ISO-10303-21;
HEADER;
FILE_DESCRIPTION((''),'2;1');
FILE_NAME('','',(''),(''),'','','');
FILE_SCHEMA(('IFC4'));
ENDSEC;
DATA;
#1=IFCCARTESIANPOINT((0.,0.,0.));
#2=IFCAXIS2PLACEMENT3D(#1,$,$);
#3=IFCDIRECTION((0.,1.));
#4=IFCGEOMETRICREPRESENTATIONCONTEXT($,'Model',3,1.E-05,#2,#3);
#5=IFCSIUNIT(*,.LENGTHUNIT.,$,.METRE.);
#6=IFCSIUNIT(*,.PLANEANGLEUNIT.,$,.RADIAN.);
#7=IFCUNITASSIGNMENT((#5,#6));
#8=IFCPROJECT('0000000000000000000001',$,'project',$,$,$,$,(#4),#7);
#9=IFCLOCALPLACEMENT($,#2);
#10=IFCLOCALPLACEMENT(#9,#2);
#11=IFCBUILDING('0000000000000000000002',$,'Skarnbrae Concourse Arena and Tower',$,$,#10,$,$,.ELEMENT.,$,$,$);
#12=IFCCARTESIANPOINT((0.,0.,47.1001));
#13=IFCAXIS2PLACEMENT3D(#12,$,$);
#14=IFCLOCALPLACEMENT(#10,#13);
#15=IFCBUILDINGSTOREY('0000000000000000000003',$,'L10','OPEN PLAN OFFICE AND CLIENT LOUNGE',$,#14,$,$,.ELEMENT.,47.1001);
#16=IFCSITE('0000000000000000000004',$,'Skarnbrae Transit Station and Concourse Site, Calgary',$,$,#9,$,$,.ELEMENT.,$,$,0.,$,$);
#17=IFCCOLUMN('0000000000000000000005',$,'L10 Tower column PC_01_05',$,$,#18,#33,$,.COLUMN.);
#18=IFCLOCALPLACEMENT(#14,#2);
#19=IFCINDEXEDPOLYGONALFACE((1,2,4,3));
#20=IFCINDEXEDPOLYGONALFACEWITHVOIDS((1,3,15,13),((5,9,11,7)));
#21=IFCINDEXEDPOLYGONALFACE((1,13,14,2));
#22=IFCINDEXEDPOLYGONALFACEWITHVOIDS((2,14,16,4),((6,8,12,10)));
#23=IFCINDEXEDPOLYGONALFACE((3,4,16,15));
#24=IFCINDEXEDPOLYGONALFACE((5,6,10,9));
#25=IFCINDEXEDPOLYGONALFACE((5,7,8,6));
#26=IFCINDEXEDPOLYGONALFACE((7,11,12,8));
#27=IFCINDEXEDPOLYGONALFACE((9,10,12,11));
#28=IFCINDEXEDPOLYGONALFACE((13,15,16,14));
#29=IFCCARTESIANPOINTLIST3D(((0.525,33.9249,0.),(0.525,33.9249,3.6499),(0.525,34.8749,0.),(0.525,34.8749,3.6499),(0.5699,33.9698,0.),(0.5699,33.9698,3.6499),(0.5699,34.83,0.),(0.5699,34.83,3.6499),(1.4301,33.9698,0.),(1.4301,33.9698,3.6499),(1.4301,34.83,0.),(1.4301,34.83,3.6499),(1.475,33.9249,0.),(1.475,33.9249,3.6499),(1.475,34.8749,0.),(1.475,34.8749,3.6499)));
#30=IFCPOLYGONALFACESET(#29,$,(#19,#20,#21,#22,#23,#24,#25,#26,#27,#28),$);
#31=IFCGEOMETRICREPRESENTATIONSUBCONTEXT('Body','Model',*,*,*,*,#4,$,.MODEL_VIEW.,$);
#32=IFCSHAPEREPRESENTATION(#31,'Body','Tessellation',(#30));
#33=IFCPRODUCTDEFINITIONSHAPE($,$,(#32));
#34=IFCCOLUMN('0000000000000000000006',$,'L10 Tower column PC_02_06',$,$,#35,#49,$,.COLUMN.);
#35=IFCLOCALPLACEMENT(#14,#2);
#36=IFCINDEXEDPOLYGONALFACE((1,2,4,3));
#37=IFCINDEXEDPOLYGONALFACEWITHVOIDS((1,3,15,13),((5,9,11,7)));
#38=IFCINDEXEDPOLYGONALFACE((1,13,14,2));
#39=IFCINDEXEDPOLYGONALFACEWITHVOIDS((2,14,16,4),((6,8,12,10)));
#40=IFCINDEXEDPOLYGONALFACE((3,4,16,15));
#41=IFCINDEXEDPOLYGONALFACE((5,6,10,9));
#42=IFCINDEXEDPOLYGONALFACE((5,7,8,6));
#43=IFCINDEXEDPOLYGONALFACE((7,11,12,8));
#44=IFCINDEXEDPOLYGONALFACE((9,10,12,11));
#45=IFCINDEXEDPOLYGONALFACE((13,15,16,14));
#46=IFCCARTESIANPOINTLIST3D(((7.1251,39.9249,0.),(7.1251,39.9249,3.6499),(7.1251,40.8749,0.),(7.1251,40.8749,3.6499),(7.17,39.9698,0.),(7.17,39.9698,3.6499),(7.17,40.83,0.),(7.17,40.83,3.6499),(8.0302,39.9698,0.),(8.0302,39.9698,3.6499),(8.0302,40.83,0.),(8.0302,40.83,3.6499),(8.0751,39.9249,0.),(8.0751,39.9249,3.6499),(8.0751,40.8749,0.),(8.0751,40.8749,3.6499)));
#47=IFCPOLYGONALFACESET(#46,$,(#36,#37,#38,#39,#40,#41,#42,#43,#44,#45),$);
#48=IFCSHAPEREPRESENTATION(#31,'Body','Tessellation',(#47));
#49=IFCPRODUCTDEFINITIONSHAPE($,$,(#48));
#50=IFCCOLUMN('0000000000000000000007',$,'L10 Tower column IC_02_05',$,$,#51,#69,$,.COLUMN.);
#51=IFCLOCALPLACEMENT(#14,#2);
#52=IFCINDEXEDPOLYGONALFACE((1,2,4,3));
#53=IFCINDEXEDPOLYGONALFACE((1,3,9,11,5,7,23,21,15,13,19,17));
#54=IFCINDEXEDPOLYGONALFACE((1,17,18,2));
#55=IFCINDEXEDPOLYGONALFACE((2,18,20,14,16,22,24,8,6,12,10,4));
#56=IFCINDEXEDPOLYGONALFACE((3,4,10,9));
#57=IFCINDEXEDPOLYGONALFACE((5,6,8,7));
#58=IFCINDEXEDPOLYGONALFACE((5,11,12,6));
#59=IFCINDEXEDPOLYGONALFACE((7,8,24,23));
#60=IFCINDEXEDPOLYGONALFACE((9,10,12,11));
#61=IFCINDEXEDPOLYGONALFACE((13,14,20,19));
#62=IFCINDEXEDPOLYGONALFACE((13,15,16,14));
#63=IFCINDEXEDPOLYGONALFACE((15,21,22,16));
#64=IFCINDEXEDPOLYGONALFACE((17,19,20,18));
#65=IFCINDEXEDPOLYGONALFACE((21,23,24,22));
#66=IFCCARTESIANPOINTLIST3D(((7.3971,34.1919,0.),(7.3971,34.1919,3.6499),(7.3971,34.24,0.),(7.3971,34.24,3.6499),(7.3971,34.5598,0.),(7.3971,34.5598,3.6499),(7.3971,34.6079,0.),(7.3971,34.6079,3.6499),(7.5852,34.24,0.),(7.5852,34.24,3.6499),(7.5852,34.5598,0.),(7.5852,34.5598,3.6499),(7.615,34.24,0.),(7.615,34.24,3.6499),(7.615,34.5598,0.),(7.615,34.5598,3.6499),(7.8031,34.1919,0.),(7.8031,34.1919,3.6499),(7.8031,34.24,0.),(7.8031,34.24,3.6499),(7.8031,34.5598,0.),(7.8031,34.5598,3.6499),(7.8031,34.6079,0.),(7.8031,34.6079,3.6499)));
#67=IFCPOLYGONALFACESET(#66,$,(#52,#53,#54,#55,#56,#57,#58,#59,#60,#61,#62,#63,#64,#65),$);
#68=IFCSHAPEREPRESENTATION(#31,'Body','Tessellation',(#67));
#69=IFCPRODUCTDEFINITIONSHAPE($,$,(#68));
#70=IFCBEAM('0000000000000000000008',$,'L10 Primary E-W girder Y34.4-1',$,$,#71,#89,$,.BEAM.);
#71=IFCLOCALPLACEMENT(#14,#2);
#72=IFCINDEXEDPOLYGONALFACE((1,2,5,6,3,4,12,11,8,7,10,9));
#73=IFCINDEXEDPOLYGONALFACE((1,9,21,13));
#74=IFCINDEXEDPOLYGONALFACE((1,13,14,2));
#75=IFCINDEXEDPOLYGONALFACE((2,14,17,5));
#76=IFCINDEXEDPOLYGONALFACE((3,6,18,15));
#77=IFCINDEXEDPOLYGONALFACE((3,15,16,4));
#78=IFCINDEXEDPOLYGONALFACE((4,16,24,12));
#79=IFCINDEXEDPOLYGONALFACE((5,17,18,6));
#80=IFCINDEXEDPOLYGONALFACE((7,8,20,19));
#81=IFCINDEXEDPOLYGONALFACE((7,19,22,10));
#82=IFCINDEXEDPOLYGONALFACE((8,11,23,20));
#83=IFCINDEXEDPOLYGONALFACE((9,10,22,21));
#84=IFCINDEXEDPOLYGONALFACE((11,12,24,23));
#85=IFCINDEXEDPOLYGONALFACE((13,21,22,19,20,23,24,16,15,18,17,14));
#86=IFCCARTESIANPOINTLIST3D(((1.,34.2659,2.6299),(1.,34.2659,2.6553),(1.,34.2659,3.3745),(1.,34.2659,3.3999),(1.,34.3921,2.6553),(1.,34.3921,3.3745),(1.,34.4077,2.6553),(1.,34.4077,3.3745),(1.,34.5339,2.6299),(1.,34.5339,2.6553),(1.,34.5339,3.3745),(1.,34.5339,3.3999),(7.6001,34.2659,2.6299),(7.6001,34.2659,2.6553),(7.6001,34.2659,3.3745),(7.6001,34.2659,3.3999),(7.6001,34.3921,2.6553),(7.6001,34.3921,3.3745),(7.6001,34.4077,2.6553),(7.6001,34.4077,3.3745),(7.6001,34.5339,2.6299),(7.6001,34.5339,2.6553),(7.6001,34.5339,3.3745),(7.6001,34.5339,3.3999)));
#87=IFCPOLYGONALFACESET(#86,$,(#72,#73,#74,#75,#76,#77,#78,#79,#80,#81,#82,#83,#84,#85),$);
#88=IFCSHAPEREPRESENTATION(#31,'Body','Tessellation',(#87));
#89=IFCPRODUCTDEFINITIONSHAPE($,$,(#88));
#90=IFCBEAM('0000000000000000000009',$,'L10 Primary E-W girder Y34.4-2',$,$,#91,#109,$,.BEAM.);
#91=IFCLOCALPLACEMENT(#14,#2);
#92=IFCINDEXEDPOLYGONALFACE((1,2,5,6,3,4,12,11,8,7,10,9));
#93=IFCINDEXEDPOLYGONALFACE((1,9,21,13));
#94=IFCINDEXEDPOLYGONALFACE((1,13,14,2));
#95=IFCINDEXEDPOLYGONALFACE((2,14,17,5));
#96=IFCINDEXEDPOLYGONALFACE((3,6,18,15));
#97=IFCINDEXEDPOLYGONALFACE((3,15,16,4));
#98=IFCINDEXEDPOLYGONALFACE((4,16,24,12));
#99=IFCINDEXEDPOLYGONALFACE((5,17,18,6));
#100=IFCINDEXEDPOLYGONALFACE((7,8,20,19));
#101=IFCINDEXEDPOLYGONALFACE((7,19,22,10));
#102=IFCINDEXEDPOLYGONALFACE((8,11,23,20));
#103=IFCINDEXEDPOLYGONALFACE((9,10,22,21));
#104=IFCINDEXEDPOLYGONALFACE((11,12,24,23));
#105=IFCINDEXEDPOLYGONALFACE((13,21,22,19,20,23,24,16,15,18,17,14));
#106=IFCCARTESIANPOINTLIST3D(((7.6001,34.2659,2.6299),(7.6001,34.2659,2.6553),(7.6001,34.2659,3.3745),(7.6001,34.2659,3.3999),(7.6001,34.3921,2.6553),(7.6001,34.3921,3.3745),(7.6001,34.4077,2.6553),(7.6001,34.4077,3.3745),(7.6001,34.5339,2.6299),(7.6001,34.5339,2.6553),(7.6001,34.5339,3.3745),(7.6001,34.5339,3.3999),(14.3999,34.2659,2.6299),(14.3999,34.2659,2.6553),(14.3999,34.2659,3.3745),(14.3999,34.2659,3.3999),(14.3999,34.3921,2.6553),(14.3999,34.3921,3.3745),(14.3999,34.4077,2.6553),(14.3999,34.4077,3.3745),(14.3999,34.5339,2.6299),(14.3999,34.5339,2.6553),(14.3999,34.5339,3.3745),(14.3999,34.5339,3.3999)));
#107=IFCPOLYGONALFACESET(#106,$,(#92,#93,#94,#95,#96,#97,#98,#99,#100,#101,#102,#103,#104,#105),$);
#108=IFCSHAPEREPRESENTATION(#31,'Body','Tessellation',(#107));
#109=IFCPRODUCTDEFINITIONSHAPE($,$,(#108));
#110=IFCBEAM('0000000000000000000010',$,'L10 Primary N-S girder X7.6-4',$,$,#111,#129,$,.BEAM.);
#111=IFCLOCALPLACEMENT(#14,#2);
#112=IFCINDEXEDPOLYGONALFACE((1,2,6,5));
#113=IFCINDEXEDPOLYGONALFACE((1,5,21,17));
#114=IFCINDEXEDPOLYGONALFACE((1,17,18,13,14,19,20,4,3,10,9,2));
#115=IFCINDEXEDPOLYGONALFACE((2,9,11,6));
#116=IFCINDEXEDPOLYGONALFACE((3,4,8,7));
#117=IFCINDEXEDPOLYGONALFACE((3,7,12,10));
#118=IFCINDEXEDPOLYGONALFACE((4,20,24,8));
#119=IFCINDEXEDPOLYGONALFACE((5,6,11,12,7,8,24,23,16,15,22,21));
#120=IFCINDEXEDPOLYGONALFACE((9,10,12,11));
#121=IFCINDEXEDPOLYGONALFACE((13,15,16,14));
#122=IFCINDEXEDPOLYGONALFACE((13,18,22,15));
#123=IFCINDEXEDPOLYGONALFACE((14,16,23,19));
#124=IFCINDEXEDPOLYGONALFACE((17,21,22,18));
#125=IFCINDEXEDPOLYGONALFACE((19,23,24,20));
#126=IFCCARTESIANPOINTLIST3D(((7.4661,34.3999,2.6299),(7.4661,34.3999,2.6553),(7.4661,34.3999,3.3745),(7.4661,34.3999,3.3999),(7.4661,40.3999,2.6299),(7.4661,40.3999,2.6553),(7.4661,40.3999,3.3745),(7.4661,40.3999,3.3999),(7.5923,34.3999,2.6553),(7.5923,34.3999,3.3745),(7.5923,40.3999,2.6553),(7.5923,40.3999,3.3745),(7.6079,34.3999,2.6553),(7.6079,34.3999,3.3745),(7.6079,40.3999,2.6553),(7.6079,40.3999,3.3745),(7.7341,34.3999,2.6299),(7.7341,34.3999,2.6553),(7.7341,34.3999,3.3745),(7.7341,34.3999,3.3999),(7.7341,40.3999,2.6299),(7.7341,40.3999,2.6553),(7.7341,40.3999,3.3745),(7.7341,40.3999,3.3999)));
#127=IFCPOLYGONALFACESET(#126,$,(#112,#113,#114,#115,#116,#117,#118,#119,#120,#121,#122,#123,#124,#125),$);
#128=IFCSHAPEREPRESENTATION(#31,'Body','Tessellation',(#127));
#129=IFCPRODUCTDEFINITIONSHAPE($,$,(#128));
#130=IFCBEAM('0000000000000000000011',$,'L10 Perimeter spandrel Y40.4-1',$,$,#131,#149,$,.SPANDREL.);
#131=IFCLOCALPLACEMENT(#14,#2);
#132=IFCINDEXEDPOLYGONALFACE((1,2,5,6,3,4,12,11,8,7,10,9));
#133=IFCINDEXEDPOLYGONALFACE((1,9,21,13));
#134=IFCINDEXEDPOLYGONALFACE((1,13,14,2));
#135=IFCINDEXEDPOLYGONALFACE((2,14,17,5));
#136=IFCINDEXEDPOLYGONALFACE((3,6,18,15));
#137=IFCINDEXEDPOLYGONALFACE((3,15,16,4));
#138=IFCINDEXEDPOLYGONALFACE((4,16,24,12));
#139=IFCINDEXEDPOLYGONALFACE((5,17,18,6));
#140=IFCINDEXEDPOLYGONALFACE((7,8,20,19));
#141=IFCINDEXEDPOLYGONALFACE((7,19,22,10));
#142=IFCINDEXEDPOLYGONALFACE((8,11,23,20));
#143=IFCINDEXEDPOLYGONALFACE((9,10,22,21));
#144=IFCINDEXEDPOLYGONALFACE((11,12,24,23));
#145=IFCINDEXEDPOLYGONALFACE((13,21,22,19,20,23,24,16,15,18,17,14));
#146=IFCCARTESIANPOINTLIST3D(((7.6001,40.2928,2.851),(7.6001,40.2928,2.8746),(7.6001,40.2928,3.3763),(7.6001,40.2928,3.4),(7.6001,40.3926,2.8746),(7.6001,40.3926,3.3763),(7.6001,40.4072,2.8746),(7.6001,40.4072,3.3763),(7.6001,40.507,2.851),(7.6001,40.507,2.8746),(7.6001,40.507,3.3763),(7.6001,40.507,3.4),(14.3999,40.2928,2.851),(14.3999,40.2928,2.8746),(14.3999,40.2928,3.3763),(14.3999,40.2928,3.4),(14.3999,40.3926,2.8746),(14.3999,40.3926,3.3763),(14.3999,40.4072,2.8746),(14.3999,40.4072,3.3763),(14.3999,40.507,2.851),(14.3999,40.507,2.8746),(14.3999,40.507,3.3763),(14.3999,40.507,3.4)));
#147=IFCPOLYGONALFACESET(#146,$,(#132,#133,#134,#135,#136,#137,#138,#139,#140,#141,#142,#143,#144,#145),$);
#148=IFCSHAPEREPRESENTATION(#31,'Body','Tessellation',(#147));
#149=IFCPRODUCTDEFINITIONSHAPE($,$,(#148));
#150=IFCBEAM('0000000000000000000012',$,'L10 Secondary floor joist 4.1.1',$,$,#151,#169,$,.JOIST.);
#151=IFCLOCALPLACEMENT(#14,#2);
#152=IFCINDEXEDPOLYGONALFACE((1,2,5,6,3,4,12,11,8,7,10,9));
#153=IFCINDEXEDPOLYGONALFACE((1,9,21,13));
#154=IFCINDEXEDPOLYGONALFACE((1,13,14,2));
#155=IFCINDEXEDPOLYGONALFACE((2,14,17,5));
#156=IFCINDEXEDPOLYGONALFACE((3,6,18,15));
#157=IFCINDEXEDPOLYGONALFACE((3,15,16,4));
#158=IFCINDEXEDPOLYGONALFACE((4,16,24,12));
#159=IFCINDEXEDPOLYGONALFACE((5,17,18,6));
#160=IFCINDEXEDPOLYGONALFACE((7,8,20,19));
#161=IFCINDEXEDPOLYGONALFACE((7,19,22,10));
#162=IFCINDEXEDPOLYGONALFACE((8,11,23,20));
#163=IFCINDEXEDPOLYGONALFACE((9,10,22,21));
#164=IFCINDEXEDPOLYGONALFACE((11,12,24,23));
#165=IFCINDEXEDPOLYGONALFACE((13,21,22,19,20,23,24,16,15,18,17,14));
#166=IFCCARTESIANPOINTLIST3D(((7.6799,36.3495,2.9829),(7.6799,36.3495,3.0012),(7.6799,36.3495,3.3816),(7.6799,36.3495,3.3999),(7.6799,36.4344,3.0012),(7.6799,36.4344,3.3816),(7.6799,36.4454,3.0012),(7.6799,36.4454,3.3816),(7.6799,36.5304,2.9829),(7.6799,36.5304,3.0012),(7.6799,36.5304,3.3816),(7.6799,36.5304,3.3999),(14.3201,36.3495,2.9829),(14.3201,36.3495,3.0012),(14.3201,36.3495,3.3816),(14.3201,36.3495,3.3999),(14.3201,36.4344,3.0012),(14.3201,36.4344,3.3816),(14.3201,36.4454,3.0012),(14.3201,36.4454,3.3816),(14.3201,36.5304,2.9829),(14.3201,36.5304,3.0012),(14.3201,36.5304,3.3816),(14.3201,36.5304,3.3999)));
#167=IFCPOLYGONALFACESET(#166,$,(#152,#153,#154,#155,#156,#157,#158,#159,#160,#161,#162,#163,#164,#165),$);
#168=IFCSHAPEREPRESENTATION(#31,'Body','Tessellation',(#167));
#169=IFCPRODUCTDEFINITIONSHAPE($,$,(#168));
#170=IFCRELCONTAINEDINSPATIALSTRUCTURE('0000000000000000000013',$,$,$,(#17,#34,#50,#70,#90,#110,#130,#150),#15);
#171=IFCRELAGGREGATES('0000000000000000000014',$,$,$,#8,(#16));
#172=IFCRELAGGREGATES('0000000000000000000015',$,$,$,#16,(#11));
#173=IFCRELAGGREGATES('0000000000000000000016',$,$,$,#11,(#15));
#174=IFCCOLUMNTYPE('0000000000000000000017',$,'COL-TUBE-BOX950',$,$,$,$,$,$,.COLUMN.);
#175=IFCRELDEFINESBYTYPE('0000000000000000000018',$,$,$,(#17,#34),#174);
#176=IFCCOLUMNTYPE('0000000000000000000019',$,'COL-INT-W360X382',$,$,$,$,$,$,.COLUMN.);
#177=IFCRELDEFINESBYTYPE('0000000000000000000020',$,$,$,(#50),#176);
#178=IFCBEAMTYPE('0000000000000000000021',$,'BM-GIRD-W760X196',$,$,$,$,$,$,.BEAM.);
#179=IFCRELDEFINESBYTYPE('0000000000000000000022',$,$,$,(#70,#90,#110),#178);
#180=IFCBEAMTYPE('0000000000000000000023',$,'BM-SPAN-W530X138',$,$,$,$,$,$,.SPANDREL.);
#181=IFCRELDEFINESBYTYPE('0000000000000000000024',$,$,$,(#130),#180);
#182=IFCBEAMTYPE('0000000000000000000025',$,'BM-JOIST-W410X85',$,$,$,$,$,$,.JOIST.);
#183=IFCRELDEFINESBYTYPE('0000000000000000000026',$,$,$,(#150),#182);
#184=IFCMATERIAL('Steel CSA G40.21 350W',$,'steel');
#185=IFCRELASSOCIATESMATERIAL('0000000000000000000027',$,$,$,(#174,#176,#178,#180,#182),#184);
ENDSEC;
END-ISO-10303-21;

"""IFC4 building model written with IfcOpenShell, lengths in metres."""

from ifc_helpers import new_model, si_unit, direction, frame, origin, origin_2d, place, context, subcontext, project, spatial, hollow_rectangle, i_section, extrude, source, transform, mapped, material, material_profile, profile_set, type_object, element, save


model = new_model("IFC4")

# Units and contexts
model_context = context("Model", 3, precision=1e-05, world=origin(), true_north=direction((0.0, 1.0)))
body_context = subcontext(model_context, "Body", "Model", "MODEL_VIEW")
ifc_project = project(units=[si_unit("LENGTHUNIT", "METRE"), si_unit("PLANEANGLEUNIT", "RADIAN")], contexts=[model_context])

# Site, building, storey
site_placement = place(None, origin())
site = spatial("IfcSite", under=ifc_project, at=site_placement, Name="Skarnbrae Transit Station and Concourse Site, Calgary", CompositionType="ELEMENT", RefElevation=0.0)
building_placement = place(site_placement, origin())
building = spatial("IfcBuilding", under=site, at=building_placement, Name="Skarnbrae Concourse Arena and Tower", CompositionType="ELEMENT")
storey_placement = place(building_placement, frame((0.0, 0.0, 47.1001)))
storey = spatial("IfcBuildingStorey", under=building, at=storey_placement, Name="L10", Description="OPEN PLAN OFFICE AND CLIENT LOUNGE", CompositionType="ELEMENT", Elevation=47.1001)

# Columns
ifc_material_1 = material(Name="Steel CSA G40.21 350W", Category="steel")
ifc_material_profile_1 = material_profile(ifc_material_1, hollow_rectangle(XDim=0.95, YDim=0.95, WallThickness=0.0449, at=origin_2d()), Name="BOX950X950X45")
ifc_profile_set_1 = profile_set([ifc_material_profile_1], Name="Steel CSA G40.21 350W")
column_type_1 = type_object("IfcColumnType", Name="COL-TUBE-BOX950", PredefinedType="COLUMN", material=ifc_profile_set_1)
shared_shape_1 = source(origin(), body_context, "Body", "SweptSolid", [
    extrude(hollow_rectangle(XDim=0.95, YDim=0.95, WallThickness=0.0449, at=origin_2d()), origin(), (0.0, 0.0, 1.0), 3.6499),
])
for number, where, z_axis, x_axis, name in (
    (1, (1.0, 34.3999, 0.0), (0.0, 0.0, 1.0), (1.0, 0.0, 0.0), "L10 Tower column PC_01_05"),
    (2, (7.6001, 40.3999, 0.0), (0.0, 0.0, 1.0), (1.0, 0.0, 0.0), "L10 Tower column PC_02_06"),
):
    element("IfcColumn", number, at=place(storey_placement, frame(where, z_axis=z_axis, x_axis=x_axis)), inside=storey, type_object=column_type_1, Name=name, PredefinedType="COLUMN", context=body_context, shape_type="MappedRepresentation", body=[
        mapped(shared_shape_1, transform((0.0, 0.0, 0.0))),
    ])
ifc_material_profile_2 = material_profile(ifc_material_1, i_section(OverallWidth=0.406, OverallDepth=0.416, WebThickness=0.0298, FlangeThickness=0.0481, at=origin_2d()), Name="W360X382")
ifc_profile_set_2 = profile_set([ifc_material_profile_2], Name="Steel CSA G40.21 350W")
column_type_2 = type_object("IfcColumnType", Name="COL-INT-W360X382", PredefinedType="COLUMN", material=ifc_profile_set_2)
shared_shape_2 = source(origin(), body_context, "Body", "SweptSolid", [
    extrude(i_section(OverallWidth=0.406, OverallDepth=0.416, WebThickness=0.0298, FlangeThickness=0.0481, at=origin_2d()), origin(), (0.0, 0.0, 1.0), 3.6499),
])
column_placement = place(storey_placement, frame((7.6001, 34.3999, 0.0), z_axis=(0.0, 0.0, 1.0), x_axis=(1.0, 0.0, 0.0)))
element("IfcColumn", 3, at=column_placement, inside=storey, type_object=column_type_2, Name="L10 Tower column IC_02_05", PredefinedType="COLUMN", context=body_context, shape_type="MappedRepresentation", body=[
    mapped(shared_shape_2, transform((0.0, 0.0, 0.0))),
])

# Beams
ifc_material_profile_3 = material_profile(ifc_material_1, i_section(OverallWidth=0.2681, OverallDepth=0.77, WebThickness=0.0156, FlangeThickness=0.0254, at=origin_2d()), Name="W760X196")
ifc_profile_set_3 = profile_set([ifc_material_profile_3], Name="Steel CSA G40.21 350W")
beam_type_1 = type_object("IfcBeamType", Name="BM-GIRD-W760X196", PredefinedType="BEAM", material=ifc_profile_set_3)
shared_shape_3 = source(origin(), body_context, "Body", "SweptSolid", [
    extrude(i_section(OverallWidth=0.2681, OverallDepth=0.77, WebThickness=0.0156, FlangeThickness=0.0254, at=origin_2d()), origin(), (0.0, 0.0, 1.0), 6.6001),
])
beam_1_placement = place(storey_placement, frame((1.0, 34.3999, 3.0149), z_axis=(1.0, 0.0, 0.0), x_axis=(0.0, 1.0, 0.0)))
element("IfcBeam", 4, at=beam_1_placement, inside=storey, type_object=beam_type_1, Name="L10 Primary E-W girder Y34.4-1", PredefinedType="BEAM", context=body_context, shape_type="MappedRepresentation", body=[
    mapped(shared_shape_3, transform((0.0, 0.0, 0.0))),
])
shared_shape_4 = source(origin(), body_context, "Body", "SweptSolid", [
    extrude(i_section(OverallWidth=0.2681, OverallDepth=0.77, WebThickness=0.0156, FlangeThickness=0.0254, at=origin_2d()), origin(), (0.0, 0.0, 1.0), 6.7998),
])
beam_2_placement = place(storey_placement, frame((7.6001, 34.3999, 3.0149), z_axis=(1.0, 0.0, 0.0), x_axis=(0.0, 1.0, 0.0)))
element("IfcBeam", 5, at=beam_2_placement, inside=storey, type_object=beam_type_1, Name="L10 Primary E-W girder Y34.4-2", PredefinedType="BEAM", context=body_context, shape_type="MappedRepresentation", body=[
    mapped(shared_shape_4, transform((0.0, 0.0, 0.0))),
])
shared_shape_5 = source(origin(), body_context, "Body", "SweptSolid", [
    extrude(i_section(OverallWidth=0.2681, OverallDepth=0.77, WebThickness=0.0156, FlangeThickness=0.0254, at=origin_2d()), origin(), (0.0, 0.0, 1.0), 6.0),
])
beam_3_placement = place(storey_placement, frame((7.6001, 34.3999, 3.0149), z_axis=(0.0, 1.0, 0.0), x_axis=(-1.0, 0.0, 0.0)))
element("IfcBeam", 6, at=beam_3_placement, inside=storey, type_object=beam_type_1, Name="L10 Primary N-S girder X7.6-4", PredefinedType="BEAM", context=body_context, shape_type="MappedRepresentation", body=[
    mapped(shared_shape_5, transform((0.0, 0.0, 0.0))),
])
ifc_material_profile_4 = material_profile(ifc_material_1, i_section(OverallWidth=0.2141, OverallDepth=0.5491, WebThickness=0.0146, FlangeThickness=0.0237, at=origin_2d()), Name="W530X138")
ifc_profile_set_4 = profile_set([ifc_material_profile_4], Name="Steel CSA G40.21 350W")
beam_type_2 = type_object("IfcBeamType", Name="BM-SPAN-W530X138", PredefinedType="SPANDREL", material=ifc_profile_set_4)
shared_shape_6 = source(origin(), body_context, "Body", "SweptSolid", [
    extrude(i_section(OverallWidth=0.2141, OverallDepth=0.5491, WebThickness=0.0146, FlangeThickness=0.0237, at=origin_2d()), origin(), (0.0, 0.0, 1.0), 6.7998),
])
beam_4_placement = place(storey_placement, frame((7.6001, 40.3999, 3.1255), z_axis=(1.0, 0.0, 0.0), x_axis=(0.0, 1.0, 0.0)))
element("IfcBeam", 7, at=beam_4_placement, inside=storey, type_object=beam_type_2, Name="L10 Perimeter spandrel Y40.4-1", PredefinedType="SPANDREL", context=body_context, shape_type="MappedRepresentation", body=[
    mapped(shared_shape_6, transform((0.0, 0.0, 0.0))),
])
ifc_material_profile_5 = material_profile(ifc_material_1, i_section(OverallWidth=0.1809, OverallDepth=0.417, WebThickness=0.011, FlangeThickness=0.0183, at=origin_2d()), Name="W410X85")
ifc_profile_set_5 = profile_set([ifc_material_profile_5], Name="Steel CSA G40.21 350W")
beam_type_3 = type_object("IfcBeamType", Name="BM-JOIST-W410X85", PredefinedType="JOIST", material=ifc_profile_set_5)
shared_shape_7 = source(origin(), body_context, "Body", "SweptSolid", [
    extrude(i_section(OverallWidth=0.1809, OverallDepth=0.417, WebThickness=0.011, FlangeThickness=0.0183, at=origin_2d()), origin(), (0.0, 0.0, 1.0), 6.6401),
])
for number, where, z_axis, x_axis, name in (
    (8, (7.6799, 36.4399, 3.1914), (1.0, 0.0, 0.0), (0.0, 1.0, 0.0), "L10 Secondary floor joist 4.1.1"),
):
    element("IfcBeam", number, at=place(storey_placement, frame(where, z_axis=z_axis, x_axis=x_axis)), inside=storey, type_object=beam_type_3, Name=name, PredefinedType="JOIST", context=body_context, shape_type="MappedRepresentation", body=[
        mapped(shared_shape_7, transform((0.0, 0.0, 0.0))),
    ])

save(model, "model.ifc")
